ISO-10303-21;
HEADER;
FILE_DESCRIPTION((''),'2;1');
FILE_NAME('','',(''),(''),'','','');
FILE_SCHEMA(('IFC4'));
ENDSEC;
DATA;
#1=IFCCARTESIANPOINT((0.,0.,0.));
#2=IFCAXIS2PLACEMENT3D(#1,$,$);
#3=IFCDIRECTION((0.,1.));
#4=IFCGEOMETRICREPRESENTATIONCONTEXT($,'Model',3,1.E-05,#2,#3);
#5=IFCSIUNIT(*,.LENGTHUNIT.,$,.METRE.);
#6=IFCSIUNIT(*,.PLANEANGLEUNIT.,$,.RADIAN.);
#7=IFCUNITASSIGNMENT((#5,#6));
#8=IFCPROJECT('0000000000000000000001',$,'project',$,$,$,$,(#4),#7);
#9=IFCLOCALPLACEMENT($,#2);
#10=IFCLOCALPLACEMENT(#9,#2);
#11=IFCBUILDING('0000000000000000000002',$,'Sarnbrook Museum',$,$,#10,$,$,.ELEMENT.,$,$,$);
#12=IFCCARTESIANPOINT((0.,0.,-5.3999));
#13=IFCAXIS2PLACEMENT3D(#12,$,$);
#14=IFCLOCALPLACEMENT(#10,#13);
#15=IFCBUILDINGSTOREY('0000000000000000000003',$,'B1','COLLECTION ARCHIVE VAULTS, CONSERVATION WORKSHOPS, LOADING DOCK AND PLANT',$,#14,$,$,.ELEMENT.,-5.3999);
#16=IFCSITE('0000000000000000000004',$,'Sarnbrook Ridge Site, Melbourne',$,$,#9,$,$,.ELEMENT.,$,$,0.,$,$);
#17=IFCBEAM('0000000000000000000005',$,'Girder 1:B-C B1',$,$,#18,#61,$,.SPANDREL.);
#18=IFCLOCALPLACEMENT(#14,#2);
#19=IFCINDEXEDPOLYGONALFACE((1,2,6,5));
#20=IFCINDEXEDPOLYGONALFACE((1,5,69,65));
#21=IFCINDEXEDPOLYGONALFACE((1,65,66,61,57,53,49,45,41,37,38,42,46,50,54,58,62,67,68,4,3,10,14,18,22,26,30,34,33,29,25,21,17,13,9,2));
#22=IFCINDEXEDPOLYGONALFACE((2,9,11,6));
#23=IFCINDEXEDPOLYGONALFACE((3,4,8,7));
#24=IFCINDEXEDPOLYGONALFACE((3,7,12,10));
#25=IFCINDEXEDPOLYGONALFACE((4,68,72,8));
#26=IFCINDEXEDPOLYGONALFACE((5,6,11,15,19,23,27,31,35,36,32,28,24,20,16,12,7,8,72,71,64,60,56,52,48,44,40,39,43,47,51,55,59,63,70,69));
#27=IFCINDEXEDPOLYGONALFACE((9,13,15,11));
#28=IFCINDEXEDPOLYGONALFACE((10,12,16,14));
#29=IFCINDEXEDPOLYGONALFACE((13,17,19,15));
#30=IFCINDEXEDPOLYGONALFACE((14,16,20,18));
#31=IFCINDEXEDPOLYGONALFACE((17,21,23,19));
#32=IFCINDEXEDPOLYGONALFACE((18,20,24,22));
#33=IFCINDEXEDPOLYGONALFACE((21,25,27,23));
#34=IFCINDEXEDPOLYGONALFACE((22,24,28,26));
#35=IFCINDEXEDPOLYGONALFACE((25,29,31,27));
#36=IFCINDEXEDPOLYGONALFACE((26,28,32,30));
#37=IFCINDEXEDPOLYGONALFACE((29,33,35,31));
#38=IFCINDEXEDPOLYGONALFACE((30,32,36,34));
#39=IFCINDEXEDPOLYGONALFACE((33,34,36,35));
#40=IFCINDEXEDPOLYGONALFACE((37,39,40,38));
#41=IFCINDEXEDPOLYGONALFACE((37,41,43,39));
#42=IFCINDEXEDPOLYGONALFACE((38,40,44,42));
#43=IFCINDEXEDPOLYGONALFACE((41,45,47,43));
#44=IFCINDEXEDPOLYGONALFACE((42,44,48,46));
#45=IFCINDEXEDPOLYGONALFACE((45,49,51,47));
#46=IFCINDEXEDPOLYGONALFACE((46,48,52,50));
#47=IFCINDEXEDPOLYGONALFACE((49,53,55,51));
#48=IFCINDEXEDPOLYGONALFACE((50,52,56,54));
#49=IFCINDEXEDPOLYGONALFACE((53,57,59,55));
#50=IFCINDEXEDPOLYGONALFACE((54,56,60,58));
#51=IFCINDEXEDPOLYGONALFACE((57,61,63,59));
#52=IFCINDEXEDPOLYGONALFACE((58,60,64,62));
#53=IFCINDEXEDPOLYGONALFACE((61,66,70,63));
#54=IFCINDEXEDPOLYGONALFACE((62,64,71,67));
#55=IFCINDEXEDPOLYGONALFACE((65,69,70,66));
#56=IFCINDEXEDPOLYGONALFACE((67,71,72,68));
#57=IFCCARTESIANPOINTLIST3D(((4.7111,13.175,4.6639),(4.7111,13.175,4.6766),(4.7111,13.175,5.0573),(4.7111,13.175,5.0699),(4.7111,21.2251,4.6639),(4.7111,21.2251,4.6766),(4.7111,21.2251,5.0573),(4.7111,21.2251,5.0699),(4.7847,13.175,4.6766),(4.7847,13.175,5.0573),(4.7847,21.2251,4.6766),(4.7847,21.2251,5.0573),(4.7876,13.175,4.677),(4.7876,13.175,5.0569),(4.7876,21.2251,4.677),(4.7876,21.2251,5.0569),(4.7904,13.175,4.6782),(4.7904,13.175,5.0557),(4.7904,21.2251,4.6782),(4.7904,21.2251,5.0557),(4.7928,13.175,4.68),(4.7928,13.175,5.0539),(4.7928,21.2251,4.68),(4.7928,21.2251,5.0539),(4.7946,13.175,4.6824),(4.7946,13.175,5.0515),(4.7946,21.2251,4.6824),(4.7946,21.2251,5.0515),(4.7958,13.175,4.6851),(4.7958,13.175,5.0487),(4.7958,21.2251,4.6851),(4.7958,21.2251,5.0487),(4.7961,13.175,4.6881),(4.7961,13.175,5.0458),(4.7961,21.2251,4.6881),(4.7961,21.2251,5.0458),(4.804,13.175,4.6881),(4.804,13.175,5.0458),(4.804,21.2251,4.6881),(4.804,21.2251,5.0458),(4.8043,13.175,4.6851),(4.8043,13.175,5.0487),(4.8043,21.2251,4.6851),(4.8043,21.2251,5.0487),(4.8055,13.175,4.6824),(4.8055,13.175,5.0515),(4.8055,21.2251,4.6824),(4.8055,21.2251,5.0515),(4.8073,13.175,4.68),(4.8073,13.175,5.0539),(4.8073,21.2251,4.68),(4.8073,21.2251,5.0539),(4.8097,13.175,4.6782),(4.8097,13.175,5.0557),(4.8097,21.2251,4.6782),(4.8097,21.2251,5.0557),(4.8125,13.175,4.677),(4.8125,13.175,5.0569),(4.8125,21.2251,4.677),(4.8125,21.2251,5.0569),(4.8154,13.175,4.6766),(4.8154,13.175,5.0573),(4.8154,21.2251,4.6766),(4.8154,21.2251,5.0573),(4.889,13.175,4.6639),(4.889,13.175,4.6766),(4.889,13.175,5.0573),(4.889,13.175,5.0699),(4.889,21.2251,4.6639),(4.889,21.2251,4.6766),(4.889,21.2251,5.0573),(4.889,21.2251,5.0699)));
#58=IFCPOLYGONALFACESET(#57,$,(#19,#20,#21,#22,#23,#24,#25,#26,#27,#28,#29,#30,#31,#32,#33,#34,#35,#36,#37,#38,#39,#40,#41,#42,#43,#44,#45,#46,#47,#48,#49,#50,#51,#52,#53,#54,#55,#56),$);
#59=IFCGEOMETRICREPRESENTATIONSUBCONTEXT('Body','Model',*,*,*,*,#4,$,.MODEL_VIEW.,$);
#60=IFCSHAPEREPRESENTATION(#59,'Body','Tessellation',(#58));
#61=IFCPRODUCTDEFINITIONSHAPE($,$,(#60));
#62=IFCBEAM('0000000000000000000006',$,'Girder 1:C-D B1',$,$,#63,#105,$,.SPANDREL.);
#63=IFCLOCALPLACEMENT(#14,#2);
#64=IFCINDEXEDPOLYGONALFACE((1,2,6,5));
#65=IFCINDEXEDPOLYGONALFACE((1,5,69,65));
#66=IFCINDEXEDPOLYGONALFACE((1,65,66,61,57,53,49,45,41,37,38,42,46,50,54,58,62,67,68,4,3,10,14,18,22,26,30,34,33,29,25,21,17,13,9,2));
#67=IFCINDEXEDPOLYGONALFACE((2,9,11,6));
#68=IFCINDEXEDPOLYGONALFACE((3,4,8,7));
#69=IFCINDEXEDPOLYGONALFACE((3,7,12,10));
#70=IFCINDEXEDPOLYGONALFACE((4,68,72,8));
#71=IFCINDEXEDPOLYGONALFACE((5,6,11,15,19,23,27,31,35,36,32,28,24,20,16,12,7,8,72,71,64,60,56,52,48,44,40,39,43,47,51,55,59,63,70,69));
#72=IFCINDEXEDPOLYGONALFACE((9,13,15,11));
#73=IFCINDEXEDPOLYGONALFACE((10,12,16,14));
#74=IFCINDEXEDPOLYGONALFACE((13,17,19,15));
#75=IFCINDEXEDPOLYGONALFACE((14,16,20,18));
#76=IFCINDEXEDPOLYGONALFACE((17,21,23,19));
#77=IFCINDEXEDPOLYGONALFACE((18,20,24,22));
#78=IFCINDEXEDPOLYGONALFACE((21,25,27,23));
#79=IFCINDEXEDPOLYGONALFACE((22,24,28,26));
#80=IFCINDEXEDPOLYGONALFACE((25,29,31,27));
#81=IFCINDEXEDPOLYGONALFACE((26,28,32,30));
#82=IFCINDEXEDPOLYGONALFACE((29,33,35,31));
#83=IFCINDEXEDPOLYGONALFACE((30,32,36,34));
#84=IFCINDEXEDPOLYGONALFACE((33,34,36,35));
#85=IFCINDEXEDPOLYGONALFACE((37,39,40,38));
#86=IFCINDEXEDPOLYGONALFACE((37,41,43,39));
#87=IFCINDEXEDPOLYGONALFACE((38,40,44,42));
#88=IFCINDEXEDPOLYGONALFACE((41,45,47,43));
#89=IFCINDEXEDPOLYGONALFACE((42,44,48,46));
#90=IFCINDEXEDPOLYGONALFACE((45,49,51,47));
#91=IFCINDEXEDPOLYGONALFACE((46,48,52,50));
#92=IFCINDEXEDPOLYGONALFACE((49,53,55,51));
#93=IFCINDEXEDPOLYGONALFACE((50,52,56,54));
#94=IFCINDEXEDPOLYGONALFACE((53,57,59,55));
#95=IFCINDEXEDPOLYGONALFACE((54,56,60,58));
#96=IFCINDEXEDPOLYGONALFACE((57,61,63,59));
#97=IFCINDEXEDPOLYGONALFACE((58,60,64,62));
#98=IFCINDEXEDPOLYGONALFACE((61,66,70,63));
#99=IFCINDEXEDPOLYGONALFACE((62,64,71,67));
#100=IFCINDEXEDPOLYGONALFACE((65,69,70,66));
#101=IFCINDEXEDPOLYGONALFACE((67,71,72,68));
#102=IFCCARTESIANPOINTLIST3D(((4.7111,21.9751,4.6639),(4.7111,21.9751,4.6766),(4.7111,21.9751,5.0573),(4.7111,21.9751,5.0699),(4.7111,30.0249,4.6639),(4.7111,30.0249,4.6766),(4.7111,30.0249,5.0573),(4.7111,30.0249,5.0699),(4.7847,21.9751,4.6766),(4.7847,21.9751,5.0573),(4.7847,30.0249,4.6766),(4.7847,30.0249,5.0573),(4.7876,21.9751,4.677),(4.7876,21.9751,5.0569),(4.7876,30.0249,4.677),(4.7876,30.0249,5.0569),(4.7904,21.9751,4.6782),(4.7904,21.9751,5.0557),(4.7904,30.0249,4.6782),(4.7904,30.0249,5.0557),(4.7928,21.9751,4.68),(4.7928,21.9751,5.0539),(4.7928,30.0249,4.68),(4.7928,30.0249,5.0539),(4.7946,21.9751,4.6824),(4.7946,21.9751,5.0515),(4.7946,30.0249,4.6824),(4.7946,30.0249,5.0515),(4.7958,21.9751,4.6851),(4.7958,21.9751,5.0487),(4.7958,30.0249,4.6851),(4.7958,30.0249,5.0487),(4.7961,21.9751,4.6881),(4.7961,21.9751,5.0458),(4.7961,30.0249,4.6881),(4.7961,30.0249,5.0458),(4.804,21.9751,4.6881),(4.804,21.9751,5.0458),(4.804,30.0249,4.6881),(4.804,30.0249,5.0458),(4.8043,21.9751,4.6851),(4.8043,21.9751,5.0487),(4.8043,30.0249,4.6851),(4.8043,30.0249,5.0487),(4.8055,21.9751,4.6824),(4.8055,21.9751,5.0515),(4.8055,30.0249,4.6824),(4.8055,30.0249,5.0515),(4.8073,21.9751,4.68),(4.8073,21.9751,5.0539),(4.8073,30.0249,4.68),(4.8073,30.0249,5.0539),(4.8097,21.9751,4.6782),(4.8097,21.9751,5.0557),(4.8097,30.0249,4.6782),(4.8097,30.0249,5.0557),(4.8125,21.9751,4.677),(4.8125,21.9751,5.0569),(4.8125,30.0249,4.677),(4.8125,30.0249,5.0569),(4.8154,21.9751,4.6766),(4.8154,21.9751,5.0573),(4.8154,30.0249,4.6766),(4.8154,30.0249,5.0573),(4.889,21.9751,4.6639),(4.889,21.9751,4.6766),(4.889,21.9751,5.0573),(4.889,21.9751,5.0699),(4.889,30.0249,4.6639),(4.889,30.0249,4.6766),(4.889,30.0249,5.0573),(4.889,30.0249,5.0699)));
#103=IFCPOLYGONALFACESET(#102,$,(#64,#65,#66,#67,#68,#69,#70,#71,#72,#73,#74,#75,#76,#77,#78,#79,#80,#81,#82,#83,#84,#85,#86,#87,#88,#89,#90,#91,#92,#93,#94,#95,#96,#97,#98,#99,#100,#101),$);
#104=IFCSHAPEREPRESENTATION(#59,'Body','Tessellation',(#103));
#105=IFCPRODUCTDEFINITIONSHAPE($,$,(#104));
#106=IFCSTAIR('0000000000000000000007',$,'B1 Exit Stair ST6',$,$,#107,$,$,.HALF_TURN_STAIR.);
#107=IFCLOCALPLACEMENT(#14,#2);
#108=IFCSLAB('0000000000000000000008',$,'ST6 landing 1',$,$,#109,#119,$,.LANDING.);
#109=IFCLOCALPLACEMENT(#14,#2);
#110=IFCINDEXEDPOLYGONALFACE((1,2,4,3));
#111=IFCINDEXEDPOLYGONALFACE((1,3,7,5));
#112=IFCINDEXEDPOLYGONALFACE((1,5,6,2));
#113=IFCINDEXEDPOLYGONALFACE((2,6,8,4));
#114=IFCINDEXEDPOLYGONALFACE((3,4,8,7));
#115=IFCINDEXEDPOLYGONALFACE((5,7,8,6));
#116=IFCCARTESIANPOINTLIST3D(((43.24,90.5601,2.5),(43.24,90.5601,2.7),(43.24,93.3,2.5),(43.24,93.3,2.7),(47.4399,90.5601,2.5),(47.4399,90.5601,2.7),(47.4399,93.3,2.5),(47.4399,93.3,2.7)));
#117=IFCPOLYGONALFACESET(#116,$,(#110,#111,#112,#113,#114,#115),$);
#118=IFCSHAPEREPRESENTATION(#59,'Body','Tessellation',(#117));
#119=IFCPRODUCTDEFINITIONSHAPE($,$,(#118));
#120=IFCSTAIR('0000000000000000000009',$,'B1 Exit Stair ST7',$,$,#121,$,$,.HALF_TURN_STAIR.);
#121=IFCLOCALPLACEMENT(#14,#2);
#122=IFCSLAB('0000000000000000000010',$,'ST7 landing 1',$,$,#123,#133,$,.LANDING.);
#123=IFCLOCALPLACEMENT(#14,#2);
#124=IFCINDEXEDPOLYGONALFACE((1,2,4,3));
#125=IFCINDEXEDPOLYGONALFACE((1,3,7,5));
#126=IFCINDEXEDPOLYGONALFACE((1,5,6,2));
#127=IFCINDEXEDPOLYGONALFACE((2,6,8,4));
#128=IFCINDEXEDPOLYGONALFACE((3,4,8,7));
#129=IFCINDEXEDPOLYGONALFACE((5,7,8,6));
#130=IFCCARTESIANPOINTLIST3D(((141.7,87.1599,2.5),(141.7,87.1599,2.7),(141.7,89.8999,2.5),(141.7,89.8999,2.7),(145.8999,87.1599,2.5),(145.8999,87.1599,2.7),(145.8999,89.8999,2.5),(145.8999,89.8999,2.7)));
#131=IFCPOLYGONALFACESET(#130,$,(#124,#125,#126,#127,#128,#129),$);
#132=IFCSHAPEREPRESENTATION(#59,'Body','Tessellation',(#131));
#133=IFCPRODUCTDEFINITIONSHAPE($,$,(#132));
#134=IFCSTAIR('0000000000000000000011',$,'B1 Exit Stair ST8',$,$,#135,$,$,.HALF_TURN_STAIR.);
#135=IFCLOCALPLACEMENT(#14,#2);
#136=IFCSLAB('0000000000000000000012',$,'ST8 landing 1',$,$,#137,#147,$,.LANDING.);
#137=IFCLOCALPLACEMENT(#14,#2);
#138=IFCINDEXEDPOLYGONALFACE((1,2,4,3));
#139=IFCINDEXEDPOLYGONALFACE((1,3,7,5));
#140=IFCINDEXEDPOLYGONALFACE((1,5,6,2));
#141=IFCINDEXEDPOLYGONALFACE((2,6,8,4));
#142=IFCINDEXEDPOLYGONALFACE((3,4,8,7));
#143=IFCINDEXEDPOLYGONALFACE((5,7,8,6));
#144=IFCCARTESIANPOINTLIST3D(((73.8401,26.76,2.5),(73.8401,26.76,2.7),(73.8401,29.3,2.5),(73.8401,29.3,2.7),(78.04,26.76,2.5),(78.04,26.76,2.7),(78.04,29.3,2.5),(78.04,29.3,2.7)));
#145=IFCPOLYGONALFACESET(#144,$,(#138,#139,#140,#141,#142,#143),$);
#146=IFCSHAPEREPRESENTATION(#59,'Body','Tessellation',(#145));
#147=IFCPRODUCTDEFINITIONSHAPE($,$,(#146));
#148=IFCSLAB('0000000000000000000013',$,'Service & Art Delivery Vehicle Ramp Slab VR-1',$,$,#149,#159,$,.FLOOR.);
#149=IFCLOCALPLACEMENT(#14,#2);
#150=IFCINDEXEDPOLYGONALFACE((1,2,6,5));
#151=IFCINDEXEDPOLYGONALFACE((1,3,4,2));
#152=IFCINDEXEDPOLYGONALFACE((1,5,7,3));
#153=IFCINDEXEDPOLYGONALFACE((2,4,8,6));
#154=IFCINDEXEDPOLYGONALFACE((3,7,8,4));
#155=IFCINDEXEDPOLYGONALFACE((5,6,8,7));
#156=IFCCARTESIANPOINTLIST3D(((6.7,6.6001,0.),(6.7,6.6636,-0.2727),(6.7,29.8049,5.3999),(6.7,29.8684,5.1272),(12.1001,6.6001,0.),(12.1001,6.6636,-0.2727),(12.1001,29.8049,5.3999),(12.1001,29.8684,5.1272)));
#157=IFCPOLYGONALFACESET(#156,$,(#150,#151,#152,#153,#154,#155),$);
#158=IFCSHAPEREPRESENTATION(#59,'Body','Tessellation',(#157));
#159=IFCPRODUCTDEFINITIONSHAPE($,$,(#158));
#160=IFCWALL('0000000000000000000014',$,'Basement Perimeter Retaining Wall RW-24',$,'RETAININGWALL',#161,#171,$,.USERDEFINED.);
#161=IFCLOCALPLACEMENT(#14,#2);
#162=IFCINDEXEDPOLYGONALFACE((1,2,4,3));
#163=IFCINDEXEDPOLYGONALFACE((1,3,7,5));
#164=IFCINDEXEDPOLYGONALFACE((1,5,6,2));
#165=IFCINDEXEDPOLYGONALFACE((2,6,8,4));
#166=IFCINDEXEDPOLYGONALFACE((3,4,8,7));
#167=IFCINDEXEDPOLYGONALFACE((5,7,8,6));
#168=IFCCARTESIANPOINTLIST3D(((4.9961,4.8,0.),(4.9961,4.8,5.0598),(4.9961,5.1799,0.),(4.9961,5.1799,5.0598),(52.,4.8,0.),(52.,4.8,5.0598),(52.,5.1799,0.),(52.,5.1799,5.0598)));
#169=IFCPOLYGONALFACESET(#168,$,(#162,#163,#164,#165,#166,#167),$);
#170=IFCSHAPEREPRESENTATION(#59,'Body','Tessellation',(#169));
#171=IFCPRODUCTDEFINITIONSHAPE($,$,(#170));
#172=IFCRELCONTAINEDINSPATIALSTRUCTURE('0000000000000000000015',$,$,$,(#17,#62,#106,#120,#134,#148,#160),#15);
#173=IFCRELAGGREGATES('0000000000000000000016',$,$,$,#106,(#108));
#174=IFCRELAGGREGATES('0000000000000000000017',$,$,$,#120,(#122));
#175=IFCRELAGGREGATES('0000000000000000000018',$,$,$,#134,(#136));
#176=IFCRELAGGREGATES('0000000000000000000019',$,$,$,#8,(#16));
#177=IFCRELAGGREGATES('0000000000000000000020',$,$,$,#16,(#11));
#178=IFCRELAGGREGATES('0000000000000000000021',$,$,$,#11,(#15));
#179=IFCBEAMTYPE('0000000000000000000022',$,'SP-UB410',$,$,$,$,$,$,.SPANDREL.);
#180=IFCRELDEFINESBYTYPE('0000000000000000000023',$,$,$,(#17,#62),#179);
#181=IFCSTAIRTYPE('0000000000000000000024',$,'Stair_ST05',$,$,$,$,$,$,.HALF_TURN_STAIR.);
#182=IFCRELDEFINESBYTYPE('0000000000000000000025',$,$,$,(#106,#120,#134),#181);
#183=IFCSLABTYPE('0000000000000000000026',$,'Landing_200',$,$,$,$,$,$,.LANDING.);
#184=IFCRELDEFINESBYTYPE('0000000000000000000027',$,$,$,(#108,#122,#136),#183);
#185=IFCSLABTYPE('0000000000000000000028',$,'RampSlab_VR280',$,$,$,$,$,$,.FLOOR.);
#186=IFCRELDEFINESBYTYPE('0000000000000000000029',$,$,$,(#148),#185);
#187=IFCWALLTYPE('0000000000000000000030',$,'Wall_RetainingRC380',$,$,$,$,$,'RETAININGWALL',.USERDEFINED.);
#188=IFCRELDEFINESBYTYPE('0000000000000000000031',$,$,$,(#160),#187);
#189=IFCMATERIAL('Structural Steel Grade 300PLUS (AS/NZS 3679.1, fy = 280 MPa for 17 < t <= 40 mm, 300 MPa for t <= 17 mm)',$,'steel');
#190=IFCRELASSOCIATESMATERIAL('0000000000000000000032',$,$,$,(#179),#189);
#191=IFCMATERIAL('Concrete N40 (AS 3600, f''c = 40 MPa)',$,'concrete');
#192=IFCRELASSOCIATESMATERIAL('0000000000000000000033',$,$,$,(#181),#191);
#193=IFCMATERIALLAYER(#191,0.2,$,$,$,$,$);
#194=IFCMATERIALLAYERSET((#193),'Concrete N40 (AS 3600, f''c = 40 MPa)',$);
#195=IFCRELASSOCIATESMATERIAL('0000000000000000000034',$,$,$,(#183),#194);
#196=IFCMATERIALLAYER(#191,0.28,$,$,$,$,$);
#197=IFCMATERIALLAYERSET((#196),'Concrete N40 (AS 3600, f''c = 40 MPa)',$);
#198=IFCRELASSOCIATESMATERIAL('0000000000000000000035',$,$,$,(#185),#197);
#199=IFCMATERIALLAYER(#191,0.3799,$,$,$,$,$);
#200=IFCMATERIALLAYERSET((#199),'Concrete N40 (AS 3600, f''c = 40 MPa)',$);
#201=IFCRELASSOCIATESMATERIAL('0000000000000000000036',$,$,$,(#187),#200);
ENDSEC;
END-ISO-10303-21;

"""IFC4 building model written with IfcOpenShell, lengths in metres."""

from ifc_helpers import new_model, si_unit, direction, frame, frame_2d, origin, origin_2d, place, context, subcontext, project, spatial, polyline, rectangle, i_section, outline, extrude, material, layer, layer_set, material_profile, profile_set, type_object, element, aggregate, save


model = new_model("IFC4")

# Units and contexts
model_context = context("Model", 3, precision=1e-05, world=origin(), true_north=direction((0.0, 1.0)))
body_context = subcontext(model_context, "Body", "Model", "MODEL_VIEW")
ifc_project = project(units=[si_unit("LENGTHUNIT", "METRE"), si_unit("PLANEANGLEUNIT", "RADIAN")], contexts=[model_context])

# Site, building, storey
site_placement = place(None, origin())
site = spatial("IfcSite", under=ifc_project, at=site_placement, Name="Sarnbrook Ridge Site, Melbourne", CompositionType="ELEMENT", RefElevation=0.0)
building_placement = place(site_placement, origin())
building = spatial("IfcBuilding", under=site, at=building_placement, Name="Sarnbrook Museum", CompositionType="ELEMENT")
storey_placement = place(building_placement, frame((0.0, 0.0, -5.3999)))
storey = spatial("IfcBuildingStorey", under=building, at=storey_placement, Name="B1", Description="COLLECTION ARCHIVE VAULTS, CONSERVATION WORKSHOPS, LOADING DOCK AND PLANT", CompositionType="ELEMENT", Elevation=-5.3999)

# Shared definitions
ifc_material_1 = material(Name="Concrete N40 (AS 3600, f'c = 40 MPa)", Category="concrete")

# Beams
ifc_material_2 = material(Name="Structural Steel Grade 300PLUS (AS/NZS 3679.1, fy = 280 MPa for 17 < t <= 40 mm, 300 MPa for t <= 17 mm)", Category="steel")
ifc_material_profile_1 = material_profile(ifc_material_2, i_section(OverallWidth=0.178, OverallDepth=0.406, WebThickness=0.0078, FlangeThickness=0.0127, FilletRadius=0.0115, at=origin_2d()), Name="410UB59.7")
ifc_profile_set_1 = profile_set([ifc_material_profile_1], Name="Structural Steel Grade 300PLUS (AS/NZS 3679.1, fy = 280 MPa for 17 < t <= 40 mm, 300 MPa for t <= 17 mm)")
beam_type_1 = type_object("IfcBeamType", Name="SP-UB410", PredefinedType="SPANDREL", material=ifc_profile_set_1)
beam_1_placement = place(storey_placement, frame((4.8, 13.175, 4.8669), z_axis=(0.0, 1.0, 0.0), x_axis=(-1.0, 0.0, 0.0)))
element("IfcBeam", 1, at=beam_1_placement, inside=storey, type_object=beam_type_1, Name="Girder 1:B-C B1", PredefinedType="SPANDREL", context=body_context, shape_type="SweptSolid", body=[
    extrude(i_section(OverallWidth=0.178, OverallDepth=0.406, WebThickness=0.0078, FlangeThickness=0.0127, FilletRadius=0.0115, at=origin_2d()), origin(), (0.0, 0.0, 1.0), 8.05),
])
beam_2_placement = place(storey_placement, frame((4.8, 21.9751, 4.8669), z_axis=(0.0, 1.0, 0.0), x_axis=(-1.0, 0.0, 0.0)))
element("IfcBeam", 2, at=beam_2_placement, inside=storey, type_object=beam_type_1, Name="Girder 1:C-D B1", PredefinedType="SPANDREL", context=body_context, shape_type="SweptSolid", body=[
    extrude(i_section(OverallWidth=0.178, OverallDepth=0.406, WebThickness=0.0078, FlangeThickness=0.0127, FilletRadius=0.0115, at=origin_2d()), origin(), (0.0, 0.0, 1.0), 8.0498),
])

# Stairs, slabs
stair_type = type_object("IfcStairType", Name="Stair_ST05", PredefinedType="HALF_TURN_STAIR", material=ifc_material_1)
stair_1_placement = place(storey_placement, origin())
stair_1 = element("IfcStair", 3, at=stair_1_placement, inside=storey, type_object=stair_type, Name="B1 Exit Stair ST6", PredefinedType="HALF_TURN_STAIR")
ifc_layer_1 = layer(ifc_material_1, 0.2)
ifc_layer_set_1 = layer_set([ifc_layer_1], Name="Concrete N40 (AS 3600, f'c = 40 MPa)")
slab_type_1 = type_object("IfcSlabType", Name="Landing_200", PredefinedType="LANDING", material=ifc_layer_set_1)
slab_1_placement = place(storey_placement, frame((0.0, 0.0, 2.5)))
slab_1 = element("IfcSlab", 4, at=slab_1_placement, type_object=slab_type_1, Name="ST6 landing 1", PredefinedType="LANDING", context=body_context, shape_type="SweptSolid", body=[
    extrude(outline(polyline([(47.4399, 90.5601), (47.4399, 93.3), (43.24, 93.3), (43.24, 90.5601), (47.4399, 90.5601)])), origin(), (0.0, 0.0, 1.0), 0.2),
])
aggregate(stair_1, [slab_1])
stair_2_placement = place(storey_placement, origin())
stair_2 = element("IfcStair", 5, at=stair_2_placement, inside=storey, type_object=stair_type, Name="B1 Exit Stair ST7", PredefinedType="HALF_TURN_STAIR")
slab_2_placement = place(storey_placement, frame((0.0, 0.0, 2.5)))
slab_2 = element("IfcSlab", 6, at=slab_2_placement, type_object=slab_type_1, Name="ST7 landing 1", PredefinedType="LANDING", context=body_context, shape_type="SweptSolid", body=[
    extrude(outline(polyline([(145.8999, 87.1599), (145.8999, 89.8999), (141.7, 89.8999), (141.7, 87.1599), (145.8999, 87.1599)])), origin(), (0.0, 0.0, 1.0), 0.2),
])
aggregate(stair_2, [slab_2])
stair_3_placement = place(storey_placement, origin())
stair_3 = element("IfcStair", 7, at=stair_3_placement, inside=storey, type_object=stair_type, Name="B1 Exit Stair ST8", PredefinedType="HALF_TURN_STAIR")
slab_3_placement = place(storey_placement, frame((0.0, 0.0, 2.5)))
slab_3 = element("IfcSlab", 8, at=slab_3_placement, type_object=slab_type_1, Name="ST8 landing 1", PredefinedType="LANDING", context=body_context, shape_type="SweptSolid", body=[
    extrude(outline(polyline([(78.04, 26.76), (78.04, 29.3), (73.8401, 29.3), (73.8401, 26.76), (78.04, 26.76)])), origin(), (0.0, 0.0, 1.0), 0.2),
])
aggregate(stair_3, [slab_3])

# Slab
ifc_layer_2 = layer(ifc_material_1, 0.28)
ifc_layer_set_2 = layer_set([ifc_layer_2], Name="Concrete N40 (AS 3600, f'c = 40 MPa)")
slab_type_2 = type_object("IfcSlabType", Name="RampSlab_VR280", PredefinedType="FLOOR", material=ifc_layer_set_2)
slab_4_placement = place(storey_placement, frame((6.7, 6.6001, 0.0), z_axis=(0.0, -0.22665, 0.973976), x_axis=(1.0, 0.0, 0.0)))
element("IfcSlab", 9, at=slab_4_placement, inside=storey, type_object=slab_type_2, Name="Service & Art Delivery Vehicle Ramp Slab VR-1", PredefinedType="FLOOR", context=body_context, shape_type="SweptSolid", body=[
    extrude(outline(polyline([(0.0, 0.0), (5.4001, 0.0), (5.4001, 23.8248), (0.0, 23.8248), (0.0, 0.0)])), origin(), (0.0, 0.0, -1.0), 0.28),
])

# Wall
ifc_layer_3 = layer(ifc_material_1, 0.3799)
ifc_layer_set_3 = layer_set([ifc_layer_3], Name="Concrete N40 (AS 3600, f'c = 40 MPa)")
wall_type = type_object("IfcWallType", Name="Wall_RetainingRC380", ElementType="RETAININGWALL", PredefinedType="USERDEFINED", material=ifc_layer_set_3)
wall_placement = place(storey_placement, frame((4.9961, 4.99, 0.0), z_axis=(0.0, 0.0, 1.0), x_axis=(1.0, 0.0, 0.0)))
element("IfcWall", 10, at=wall_placement, inside=storey, type_object=wall_type, Name="Basement Perimeter Retaining Wall RW-24", ObjectType="RETAININGWALL", PredefinedType="USERDEFINED", context=body_context, shape_type="SweptSolid", body=[
    extrude(rectangle(XDim=47.0039, YDim=0.3799, at=frame_2d((23.502, 0.0))), origin(), (0.0, 0.0, 1.0), 5.0598),
])

save(model, "model.ifc")
